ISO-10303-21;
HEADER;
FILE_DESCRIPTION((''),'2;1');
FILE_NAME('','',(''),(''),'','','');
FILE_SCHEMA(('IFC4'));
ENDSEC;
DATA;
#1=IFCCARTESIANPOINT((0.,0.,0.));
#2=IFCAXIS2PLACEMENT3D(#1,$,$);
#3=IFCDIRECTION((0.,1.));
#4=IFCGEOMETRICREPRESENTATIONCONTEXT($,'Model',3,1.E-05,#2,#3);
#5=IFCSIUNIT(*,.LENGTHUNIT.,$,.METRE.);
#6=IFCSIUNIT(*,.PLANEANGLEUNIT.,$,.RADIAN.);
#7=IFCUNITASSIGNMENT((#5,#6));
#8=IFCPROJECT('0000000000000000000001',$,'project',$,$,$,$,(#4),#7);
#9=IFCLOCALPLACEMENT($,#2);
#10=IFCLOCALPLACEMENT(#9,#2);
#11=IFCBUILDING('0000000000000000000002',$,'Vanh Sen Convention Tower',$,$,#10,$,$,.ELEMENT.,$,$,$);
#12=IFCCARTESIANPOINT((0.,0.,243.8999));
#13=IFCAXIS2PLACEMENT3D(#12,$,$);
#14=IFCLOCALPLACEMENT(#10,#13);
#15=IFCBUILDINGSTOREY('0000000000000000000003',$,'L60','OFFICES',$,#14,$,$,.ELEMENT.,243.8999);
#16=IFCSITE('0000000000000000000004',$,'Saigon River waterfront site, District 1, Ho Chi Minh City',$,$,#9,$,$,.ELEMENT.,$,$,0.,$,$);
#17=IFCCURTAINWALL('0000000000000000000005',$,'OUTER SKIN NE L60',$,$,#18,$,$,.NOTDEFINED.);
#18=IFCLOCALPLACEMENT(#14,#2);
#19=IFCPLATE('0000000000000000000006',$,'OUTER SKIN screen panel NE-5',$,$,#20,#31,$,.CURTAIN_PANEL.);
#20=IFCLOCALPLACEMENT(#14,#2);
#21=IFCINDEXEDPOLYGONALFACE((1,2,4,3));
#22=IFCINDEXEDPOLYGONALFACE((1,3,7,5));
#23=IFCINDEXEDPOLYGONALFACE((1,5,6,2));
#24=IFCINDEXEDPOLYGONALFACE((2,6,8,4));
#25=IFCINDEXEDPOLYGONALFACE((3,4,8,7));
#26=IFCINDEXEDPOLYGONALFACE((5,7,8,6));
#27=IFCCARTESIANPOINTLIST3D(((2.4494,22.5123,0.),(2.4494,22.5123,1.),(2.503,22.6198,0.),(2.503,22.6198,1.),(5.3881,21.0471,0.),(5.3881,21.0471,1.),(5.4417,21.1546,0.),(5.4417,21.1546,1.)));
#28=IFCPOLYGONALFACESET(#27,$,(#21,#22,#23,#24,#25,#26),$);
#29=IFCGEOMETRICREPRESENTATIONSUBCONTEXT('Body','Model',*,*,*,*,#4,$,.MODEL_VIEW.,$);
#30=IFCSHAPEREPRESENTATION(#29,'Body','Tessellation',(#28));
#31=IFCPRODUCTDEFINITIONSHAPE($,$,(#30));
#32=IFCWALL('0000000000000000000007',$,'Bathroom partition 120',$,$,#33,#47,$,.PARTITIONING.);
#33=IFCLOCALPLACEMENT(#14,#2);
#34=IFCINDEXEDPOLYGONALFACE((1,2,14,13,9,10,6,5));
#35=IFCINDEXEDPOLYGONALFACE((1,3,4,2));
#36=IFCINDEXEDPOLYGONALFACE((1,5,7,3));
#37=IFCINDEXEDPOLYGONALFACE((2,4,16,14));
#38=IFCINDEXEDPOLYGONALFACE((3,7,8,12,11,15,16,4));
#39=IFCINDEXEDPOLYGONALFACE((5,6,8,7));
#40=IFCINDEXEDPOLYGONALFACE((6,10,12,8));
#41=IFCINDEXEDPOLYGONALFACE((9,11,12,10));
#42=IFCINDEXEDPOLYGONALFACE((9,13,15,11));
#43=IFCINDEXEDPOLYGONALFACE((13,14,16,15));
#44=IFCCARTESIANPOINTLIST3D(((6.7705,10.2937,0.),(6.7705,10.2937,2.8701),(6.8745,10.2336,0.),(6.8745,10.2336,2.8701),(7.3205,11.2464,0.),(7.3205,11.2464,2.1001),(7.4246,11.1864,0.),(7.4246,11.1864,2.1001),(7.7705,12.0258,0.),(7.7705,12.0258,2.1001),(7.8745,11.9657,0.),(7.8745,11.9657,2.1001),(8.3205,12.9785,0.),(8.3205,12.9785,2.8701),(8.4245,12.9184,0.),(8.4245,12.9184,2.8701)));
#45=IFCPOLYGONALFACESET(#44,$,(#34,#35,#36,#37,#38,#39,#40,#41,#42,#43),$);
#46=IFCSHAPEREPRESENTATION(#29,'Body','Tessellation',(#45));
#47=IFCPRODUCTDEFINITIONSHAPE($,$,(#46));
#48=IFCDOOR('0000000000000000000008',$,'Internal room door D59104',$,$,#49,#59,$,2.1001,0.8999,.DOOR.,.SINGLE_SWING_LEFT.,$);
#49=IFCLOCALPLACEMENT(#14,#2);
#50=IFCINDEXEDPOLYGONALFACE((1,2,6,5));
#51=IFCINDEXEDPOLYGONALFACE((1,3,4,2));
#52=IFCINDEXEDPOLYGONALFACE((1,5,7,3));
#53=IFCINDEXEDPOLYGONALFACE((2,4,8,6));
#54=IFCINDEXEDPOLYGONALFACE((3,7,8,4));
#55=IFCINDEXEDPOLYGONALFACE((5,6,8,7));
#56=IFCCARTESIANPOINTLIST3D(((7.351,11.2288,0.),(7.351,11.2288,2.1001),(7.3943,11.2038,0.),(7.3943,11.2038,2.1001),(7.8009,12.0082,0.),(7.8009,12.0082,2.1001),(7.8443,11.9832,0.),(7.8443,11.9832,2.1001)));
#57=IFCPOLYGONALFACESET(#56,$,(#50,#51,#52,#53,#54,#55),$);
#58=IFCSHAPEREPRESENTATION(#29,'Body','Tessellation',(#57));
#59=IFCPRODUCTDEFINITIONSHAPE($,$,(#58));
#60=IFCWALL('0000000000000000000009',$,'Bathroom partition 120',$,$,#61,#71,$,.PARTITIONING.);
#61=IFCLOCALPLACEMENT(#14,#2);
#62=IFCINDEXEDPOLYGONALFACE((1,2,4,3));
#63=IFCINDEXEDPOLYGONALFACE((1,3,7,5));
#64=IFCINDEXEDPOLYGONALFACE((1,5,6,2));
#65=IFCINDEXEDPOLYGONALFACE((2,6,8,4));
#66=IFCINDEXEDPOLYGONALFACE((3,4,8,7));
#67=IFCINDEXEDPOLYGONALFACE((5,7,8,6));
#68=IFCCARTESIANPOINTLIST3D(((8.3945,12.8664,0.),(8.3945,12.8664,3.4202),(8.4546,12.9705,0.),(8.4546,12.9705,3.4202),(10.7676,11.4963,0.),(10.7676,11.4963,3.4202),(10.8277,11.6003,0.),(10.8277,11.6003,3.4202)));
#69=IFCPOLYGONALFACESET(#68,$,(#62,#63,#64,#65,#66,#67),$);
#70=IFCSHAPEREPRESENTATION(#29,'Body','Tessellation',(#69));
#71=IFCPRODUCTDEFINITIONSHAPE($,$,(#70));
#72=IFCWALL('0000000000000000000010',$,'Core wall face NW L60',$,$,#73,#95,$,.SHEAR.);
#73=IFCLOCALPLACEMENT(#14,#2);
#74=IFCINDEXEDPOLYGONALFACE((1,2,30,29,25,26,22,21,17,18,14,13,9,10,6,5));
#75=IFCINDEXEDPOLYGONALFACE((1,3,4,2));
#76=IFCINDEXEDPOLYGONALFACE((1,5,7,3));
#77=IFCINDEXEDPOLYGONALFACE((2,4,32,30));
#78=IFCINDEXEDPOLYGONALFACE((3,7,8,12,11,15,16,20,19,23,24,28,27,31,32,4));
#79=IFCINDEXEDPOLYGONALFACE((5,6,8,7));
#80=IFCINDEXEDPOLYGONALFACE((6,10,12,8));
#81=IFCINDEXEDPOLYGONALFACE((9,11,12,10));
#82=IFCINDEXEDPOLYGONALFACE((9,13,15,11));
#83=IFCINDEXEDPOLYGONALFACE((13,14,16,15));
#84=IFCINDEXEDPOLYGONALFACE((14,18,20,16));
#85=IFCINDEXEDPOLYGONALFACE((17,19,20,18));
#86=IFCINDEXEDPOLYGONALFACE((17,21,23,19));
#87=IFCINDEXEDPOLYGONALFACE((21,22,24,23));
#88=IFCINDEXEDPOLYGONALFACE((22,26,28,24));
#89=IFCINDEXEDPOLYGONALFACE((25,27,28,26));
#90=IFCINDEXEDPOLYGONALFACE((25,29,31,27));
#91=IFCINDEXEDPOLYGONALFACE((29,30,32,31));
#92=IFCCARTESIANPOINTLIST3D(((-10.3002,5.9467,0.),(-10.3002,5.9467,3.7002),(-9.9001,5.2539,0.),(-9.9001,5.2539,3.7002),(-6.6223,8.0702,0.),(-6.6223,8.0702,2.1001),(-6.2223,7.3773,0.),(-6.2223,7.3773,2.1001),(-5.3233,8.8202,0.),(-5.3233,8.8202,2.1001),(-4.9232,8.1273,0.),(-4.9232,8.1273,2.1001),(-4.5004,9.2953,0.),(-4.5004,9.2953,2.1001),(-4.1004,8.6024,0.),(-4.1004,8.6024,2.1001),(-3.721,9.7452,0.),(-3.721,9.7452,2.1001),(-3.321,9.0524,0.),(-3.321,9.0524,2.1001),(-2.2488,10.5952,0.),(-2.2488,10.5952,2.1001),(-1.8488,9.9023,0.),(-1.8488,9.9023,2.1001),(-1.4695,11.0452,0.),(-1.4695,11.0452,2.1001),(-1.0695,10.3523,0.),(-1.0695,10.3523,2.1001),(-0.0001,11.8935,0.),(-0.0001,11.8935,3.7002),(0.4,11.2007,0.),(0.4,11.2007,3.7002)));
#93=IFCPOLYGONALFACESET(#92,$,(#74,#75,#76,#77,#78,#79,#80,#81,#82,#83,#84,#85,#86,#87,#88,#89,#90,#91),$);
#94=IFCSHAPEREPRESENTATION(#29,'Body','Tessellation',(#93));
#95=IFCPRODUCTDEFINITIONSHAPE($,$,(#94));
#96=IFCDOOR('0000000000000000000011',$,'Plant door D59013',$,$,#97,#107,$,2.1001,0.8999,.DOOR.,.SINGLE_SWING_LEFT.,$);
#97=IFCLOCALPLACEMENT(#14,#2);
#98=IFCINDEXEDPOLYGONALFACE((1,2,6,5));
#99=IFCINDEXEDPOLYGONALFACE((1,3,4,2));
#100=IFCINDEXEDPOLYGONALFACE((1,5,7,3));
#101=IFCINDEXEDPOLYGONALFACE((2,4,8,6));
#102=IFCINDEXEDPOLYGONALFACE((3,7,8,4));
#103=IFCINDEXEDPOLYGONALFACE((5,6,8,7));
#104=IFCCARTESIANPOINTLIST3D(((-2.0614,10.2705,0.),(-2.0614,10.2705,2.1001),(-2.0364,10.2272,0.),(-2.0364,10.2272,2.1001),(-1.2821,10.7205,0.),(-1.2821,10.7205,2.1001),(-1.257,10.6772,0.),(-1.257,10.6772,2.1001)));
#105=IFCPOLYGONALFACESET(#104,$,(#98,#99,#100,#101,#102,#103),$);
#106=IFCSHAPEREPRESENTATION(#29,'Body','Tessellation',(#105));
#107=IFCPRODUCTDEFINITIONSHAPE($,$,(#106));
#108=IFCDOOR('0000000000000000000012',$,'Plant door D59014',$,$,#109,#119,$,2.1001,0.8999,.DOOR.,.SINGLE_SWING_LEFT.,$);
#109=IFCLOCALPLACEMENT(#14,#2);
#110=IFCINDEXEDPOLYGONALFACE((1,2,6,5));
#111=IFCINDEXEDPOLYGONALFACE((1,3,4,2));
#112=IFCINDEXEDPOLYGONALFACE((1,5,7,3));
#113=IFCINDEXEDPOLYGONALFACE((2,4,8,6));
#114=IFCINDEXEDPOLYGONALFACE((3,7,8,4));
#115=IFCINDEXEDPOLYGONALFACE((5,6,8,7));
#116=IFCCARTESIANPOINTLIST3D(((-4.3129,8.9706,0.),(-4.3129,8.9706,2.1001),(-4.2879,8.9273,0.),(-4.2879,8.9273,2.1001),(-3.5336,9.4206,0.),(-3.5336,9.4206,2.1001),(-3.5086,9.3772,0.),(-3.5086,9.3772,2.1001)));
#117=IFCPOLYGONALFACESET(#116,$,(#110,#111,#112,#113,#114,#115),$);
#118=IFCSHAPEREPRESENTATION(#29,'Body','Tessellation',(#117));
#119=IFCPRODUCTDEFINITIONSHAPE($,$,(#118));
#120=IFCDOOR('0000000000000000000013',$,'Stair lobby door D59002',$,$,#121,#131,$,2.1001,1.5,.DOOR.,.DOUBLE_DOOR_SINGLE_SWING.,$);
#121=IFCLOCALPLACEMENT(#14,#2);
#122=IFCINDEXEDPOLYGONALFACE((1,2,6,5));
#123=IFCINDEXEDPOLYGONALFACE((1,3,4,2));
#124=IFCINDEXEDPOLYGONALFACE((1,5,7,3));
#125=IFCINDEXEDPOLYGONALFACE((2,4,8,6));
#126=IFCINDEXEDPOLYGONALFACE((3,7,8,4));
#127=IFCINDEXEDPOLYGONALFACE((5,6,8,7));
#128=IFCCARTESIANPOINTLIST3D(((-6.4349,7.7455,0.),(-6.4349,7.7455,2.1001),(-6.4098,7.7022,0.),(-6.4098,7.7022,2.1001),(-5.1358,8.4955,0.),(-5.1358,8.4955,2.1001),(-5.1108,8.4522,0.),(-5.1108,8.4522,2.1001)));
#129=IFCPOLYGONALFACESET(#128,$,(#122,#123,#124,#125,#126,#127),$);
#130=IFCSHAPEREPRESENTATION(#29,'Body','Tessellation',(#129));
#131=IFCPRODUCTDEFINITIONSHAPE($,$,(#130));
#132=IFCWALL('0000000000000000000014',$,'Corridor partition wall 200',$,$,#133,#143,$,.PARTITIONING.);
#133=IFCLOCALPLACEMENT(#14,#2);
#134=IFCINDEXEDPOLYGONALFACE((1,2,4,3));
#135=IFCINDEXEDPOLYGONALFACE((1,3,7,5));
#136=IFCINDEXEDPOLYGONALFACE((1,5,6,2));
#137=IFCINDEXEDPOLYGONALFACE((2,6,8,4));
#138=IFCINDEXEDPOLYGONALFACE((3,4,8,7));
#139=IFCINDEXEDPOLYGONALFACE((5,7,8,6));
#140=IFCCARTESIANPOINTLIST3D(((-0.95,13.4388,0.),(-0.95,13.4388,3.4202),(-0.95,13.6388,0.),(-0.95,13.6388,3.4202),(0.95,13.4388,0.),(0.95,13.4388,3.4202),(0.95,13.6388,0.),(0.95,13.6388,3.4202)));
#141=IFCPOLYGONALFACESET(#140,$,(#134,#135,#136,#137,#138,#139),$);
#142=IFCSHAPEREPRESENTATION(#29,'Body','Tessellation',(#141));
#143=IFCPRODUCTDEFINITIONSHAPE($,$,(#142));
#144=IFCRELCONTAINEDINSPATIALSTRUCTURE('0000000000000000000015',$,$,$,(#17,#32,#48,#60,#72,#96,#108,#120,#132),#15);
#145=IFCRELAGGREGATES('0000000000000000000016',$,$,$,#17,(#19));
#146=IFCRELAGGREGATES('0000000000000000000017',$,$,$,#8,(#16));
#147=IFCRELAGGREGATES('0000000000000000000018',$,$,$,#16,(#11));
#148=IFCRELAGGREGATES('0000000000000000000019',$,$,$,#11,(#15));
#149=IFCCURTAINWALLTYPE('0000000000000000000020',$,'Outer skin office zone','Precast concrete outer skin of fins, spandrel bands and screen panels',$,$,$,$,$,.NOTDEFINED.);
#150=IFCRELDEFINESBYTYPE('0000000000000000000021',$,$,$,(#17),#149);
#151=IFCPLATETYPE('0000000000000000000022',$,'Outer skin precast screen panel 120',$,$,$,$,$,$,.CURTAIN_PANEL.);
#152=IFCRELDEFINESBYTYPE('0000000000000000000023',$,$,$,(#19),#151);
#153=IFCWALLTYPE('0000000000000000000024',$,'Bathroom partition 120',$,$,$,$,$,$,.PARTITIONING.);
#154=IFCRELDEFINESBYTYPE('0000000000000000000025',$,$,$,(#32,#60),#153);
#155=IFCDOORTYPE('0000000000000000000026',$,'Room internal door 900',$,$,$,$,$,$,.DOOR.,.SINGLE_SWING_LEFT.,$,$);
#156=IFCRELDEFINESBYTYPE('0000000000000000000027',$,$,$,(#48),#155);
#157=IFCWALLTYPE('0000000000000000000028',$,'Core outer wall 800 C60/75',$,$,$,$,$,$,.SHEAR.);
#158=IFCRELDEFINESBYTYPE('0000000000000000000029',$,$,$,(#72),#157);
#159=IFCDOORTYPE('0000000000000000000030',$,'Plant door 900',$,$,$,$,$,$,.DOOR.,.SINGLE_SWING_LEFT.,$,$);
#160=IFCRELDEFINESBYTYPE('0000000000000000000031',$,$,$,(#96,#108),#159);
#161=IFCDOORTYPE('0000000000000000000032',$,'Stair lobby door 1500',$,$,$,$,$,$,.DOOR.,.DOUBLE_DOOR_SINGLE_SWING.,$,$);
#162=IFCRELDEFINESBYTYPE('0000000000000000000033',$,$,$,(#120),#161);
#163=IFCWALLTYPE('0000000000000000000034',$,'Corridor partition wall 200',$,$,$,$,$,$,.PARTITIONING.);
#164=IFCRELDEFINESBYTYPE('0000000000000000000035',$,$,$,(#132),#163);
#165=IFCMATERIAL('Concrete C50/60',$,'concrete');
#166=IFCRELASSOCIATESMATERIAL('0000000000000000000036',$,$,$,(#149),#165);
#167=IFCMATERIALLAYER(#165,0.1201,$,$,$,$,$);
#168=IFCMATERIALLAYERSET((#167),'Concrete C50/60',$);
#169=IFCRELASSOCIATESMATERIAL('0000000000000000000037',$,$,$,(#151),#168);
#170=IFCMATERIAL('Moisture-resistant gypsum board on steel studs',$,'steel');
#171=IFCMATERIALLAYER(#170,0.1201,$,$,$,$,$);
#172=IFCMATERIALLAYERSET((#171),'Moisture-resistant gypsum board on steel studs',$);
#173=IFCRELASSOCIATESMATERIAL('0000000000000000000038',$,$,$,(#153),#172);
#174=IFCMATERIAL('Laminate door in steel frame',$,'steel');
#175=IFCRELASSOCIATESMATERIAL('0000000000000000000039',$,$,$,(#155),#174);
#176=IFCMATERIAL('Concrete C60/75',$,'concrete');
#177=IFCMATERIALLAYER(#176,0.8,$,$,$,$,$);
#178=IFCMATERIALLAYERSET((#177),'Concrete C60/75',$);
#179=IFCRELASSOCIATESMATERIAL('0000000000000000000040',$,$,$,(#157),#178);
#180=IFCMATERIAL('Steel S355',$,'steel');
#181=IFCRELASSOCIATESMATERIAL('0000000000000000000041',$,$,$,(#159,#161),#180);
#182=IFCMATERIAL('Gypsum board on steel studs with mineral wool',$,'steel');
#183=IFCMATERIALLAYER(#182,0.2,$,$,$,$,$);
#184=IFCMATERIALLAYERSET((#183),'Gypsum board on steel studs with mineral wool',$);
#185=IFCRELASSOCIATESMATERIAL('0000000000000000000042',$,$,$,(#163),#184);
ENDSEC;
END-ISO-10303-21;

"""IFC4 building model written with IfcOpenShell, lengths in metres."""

from ifc_helpers import new_model, si_unit, direction, frame, frame_2d, origin, origin_2d, place, context, subcontext, project, spatial, rectangle, extrude, material, layer, layer_set, type_object, element, fill, aggregate, save


model = new_model("IFC4")

# Units and contexts
model_context = context("Model", 3, precision=1e-05, world=origin(), true_north=direction((0.0, 1.0)))
body_context = subcontext(model_context, "Body", "Model", "MODEL_VIEW")
ifc_project = project(units=[si_unit("LENGTHUNIT", "METRE"), si_unit("PLANEANGLEUNIT", "RADIAN")], contexts=[model_context])

# Site, building, storey
site_placement = place(None, origin())
site = spatial("IfcSite", under=ifc_project, at=site_placement, Name="Saigon River waterfront site, District 1, Ho Chi Minh City", CompositionType="ELEMENT", RefElevation=0.0)
building_placement = place(site_placement, origin())
building = spatial("IfcBuilding", under=site, at=building_placement, Name="Vanh Sen Convention Tower", CompositionType="ELEMENT")
storey_placement = place(building_placement, frame((0.0, 0.0, 243.8999)))
storey = spatial("IfcBuildingStorey", under=building, at=storey_placement, Name="L60", Description="OFFICES", CompositionType="ELEMENT", Elevation=243.8999)

# Shared definitions
ifc_material_1 = material(Name="Concrete C60/75", Category="concrete")

# Curtain wall
ifc_material_2 = material(Name="Concrete C50/60", Category="concrete")
curtain_wall_type = type_object("IfcCurtainWallType", Name="Outer skin office zone", Description="Precast concrete outer skin of fins, spandrel bands and screen panels", PredefinedType="NOTDEFINED", material=ifc_material_2)
curtain_wall_1_placement = place(storey_placement, origin())
curtain_wall_1 = element("IfcCurtainWall", 1, at=curtain_wall_1_placement, inside=storey, type_object=curtain_wall_type, Name="OUTER SKIN NE L60", PredefinedType="NOTDEFINED")

# Plate
ifc_layer_1 = layer(ifc_material_2, 0.1201)
ifc_layer_set_1 = layer_set([ifc_layer_1], Name="Concrete C50/60")
plate_type = type_object("IfcPlateType", Name="Outer skin precast screen panel 120", PredefinedType="CURTAIN_PANEL", material=ifc_layer_set_1)
plate_1_placement = place(storey_placement, frame((3.9456, 21.8335, 0.0), z_axis=(0.0, 0.0, 1.0), x_axis=(-0.89493, 0.446206, 0.0)))
plate_1 = element("IfcPlate", 2, at=plate_1_placement, type_object=plate_type, Name="OUTER SKIN screen panel NE-5", PredefinedType="CURTAIN_PANEL", context=body_context, shape_type="SweptSolid", body=[
    extrude(rectangle(XDim=3.2837, YDim=0.1201, at=origin_2d()), origin(), (0.0, 0.0, 1.0), 1.0),
])
aggregate(curtain_wall_1, [plate_1])

# Wall, opening, door
ifc_material_3 = material(Name="Moisture-resistant gypsum board on steel studs", Category="steel")
ifc_layer_2 = layer(ifc_material_3, 0.1201)
ifc_layer_set_2 = layer_set([ifc_layer_2], Name="Moisture-resistant gypsum board on steel studs")
wall_type_1 = type_object("IfcWallType", Name="Bathroom partition 120", PredefinedType="PARTITIONING", material=ifc_layer_set_2)
wall_1_placement = place(storey_placement, frame((6.8225, 10.2637, 0.0), z_axis=(0.0, 0.0, 1.0), x_axis=(0.499993, 0.86603, 0.0)))
wall_1 = element("IfcWall", 3, at=wall_1_placement, inside=storey, type_object=wall_type_1, Name="Bathroom partition 120", PredefinedType="PARTITIONING", context=body_context, shape_type="SweptSolid", body=[
    extrude(rectangle(XDim=3.1001, YDim=0.1201, at=frame_2d((1.55, 0.0))), origin(), (0.0, 0.0, 1.0), 2.8701),
])
opening_1_placement = place(wall_1_placement, frame((1.1001, 0.0, 0.0)))
opening_1 = element("IfcOpeningElement", 4, at=opening_1_placement, cuts=wall_1, PredefinedType="OPENING", context=body_context, shape_type="SweptSolid", body=[
    extrude(rectangle(XDim=0.8999, YDim=2.1001, at=frame_2d((0.45, 1.05))), frame((0.0, 0.0701, 0.0), z_axis=(0.0, -1.0, 0.0), x_axis=(1.0, 0.0, 0.0)), (0.0, 0.0, 1.0), 0.1401),
])
ifc_material_4 = material(Name="Laminate door in steel frame", Category="steel")
door_type_1 = type_object("IfcDoorType", Name="Room internal door 900", OperationType="SINGLE_SWING_LEFT", PredefinedType="DOOR", material=ifc_material_4)
door_1_placement = place(opening_1_placement, origin())
door_1 = element("IfcDoor", 5, at=door_1_placement, inside=storey, type_object=door_type_1, Name="Internal room door D59104", OperationType="SINGLE_SWING_LEFT", OverallHeight=2.1001, OverallWidth=0.8999, PredefinedType="DOOR", context=body_context, shape_type="SweptSolid", body=[
    extrude(rectangle(XDim=0.8999, YDim=2.1001, at=frame_2d((0.45, 1.05))), frame((0.0, 0.0249, 0.0), z_axis=(0.0, -1.0, 0.0), x_axis=(1.0, 0.0, 0.0)), (0.0, 0.0, 1.0), 0.05),
])
fill(opening_1, door_1)

# Wall
wall_2_placement = place(storey_placement, frame((8.4246, 12.9185, 0.0), z_axis=(0.0, 0.0, 1.0), x_axis=(0.866019, -0.50001, 0.0)))
element("IfcWall", 6, at=wall_2_placement, inside=storey, type_object=wall_type_1, Name="Bathroom partition 120", PredefinedType="PARTITIONING", context=body_context, shape_type="SweptSolid", body=[
    extrude(rectangle(XDim=2.7402, YDim=0.1201, at=frame_2d((1.3701, 0.0))), origin(), (0.0, 0.0, 1.0), 3.4202),
])

# Wall, openings, doors
ifc_layer_3 = layer(ifc_material_1, 0.8)
ifc_layer_set_3 = layer_set([ifc_layer_3], Name="Concrete C60/75")
wall_type_2 = type_object("IfcWallType", Name="Core outer wall 800 C60/75", PredefinedType="SHEAR", material=ifc_layer_set_3)
wall_3_placement = place(storey_placement, frame((0.2, 11.5471, 0.0), z_axis=(0.0, 0.0, 1.0), x_axis=(-0.866024, -0.500003, 0.0)))
wall_3 = element("IfcWall", 7, at=wall_3_placement, inside=storey, type_object=wall_type_2, Name="Core wall face NW L60", PredefinedType="SHEAR", context=body_context, shape_type="SweptSolid", body=[
    extrude(rectangle(XDim=11.8936, YDim=0.8, at=frame_2d((5.9468, 0.0))), origin(), (0.0, 0.0, 1.0), 3.7002),
])
opening_2_placement = place(wall_3_placement, frame((6.1467, 0.0, 0.0)))
opening_2 = element("IfcOpeningElement", 8, at=opening_2_placement, cuts=wall_3, PredefinedType="OPENING", context=body_context, shape_type="SweptSolid", body=[
    extrude(rectangle(XDim=1.5, YDim=2.1001, at=frame_2d((0.75, 1.05))), frame((0.0, 0.4099, 0.0), z_axis=(0.0, -1.0, 0.0), x_axis=(1.0, 0.0, 0.0)), (0.0, 0.0, 1.0), 0.8201),
])
opening_3_placement = place(wall_3_placement, frame((1.6968, 0.0, 0.0)))
opening_3 = element("IfcOpeningElement", 9, at=opening_3_placement, cuts=wall_3, PredefinedType="OPENING", context=body_context, shape_type="SweptSolid", body=[
    extrude(rectangle(XDim=0.8999, YDim=2.1001, at=frame_2d((0.45, 1.05))), frame((0.0, 0.4099, 0.0), z_axis=(0.0, -1.0, 0.0), x_axis=(1.0, 0.0, 0.0)), (0.0, 0.0, 1.0), 0.8201),
])
opening_4_placement = place(wall_3_placement, frame((4.2966, 0.0, 0.0)))
opening_4 = element("IfcOpeningElement", 10, at=opening_4_placement, cuts=wall_3, PredefinedType="OPENING", context=body_context, shape_type="SweptSolid", body=[
    extrude(rectangle(XDim=0.8999, YDim=2.1001, at=frame_2d((0.45, 1.05))), frame((0.0, 0.4099, 0.0), z_axis=(0.0, -1.0, 0.0), x_axis=(1.0, 0.0, 0.0)), (0.0, 0.0, 1.0), 0.8201),
])
ifc_material_5 = material(Name="Steel S355", Category="steel")
door_type_2 = type_object("IfcDoorType", Name="Plant door 900", OperationType="SINGLE_SWING_LEFT", PredefinedType="DOOR", material=ifc_material_5)
door_2_placement = place(opening_3_placement, origin())
door_2 = element("IfcDoor", 11, at=door_2_placement, inside=storey, type_object=door_type_2, Name="Plant door D59013", OperationType="SINGLE_SWING_LEFT", OverallHeight=2.1001, OverallWidth=0.8999, PredefinedType="DOOR", context=body_context, shape_type="SweptSolid", body=[
    extrude(rectangle(XDim=0.8999, YDim=2.1001, at=frame_2d((0.45, 1.05))), frame((0.0, 0.0249, 0.0), z_axis=(0.0, -1.0, 0.0), x_axis=(1.0, 0.0, 0.0)), (0.0, 0.0, 1.0), 0.05),
])
fill(opening_3, door_2)
door_3_placement = place(opening_4_placement, origin())
door_3 = element("IfcDoor", 12, at=door_3_placement, inside=storey, type_object=door_type_2, Name="Plant door D59014", OperationType="SINGLE_SWING_LEFT", OverallHeight=2.1001, OverallWidth=0.8999, PredefinedType="DOOR", context=body_context, shape_type="SweptSolid", body=[
    extrude(rectangle(XDim=0.8999, YDim=2.1001, at=frame_2d((0.45, 1.05))), frame((0.0, 0.0249, 0.0), z_axis=(0.0, -1.0, 0.0), x_axis=(1.0, 0.0, 0.0)), (0.0, 0.0, 1.0), 0.05),
])
fill(opening_4, door_3)
door_type_3 = type_object("IfcDoorType", Name="Stair lobby door 1500", OperationType="DOUBLE_DOOR_SINGLE_SWING", PredefinedType="DOOR", material=ifc_material_5)
door_4_placement = place(opening_2_placement, origin())
door_4 = element("IfcDoor", 13, at=door_4_placement, inside=storey, type_object=door_type_3, Name="Stair lobby door D59002", OperationType="DOUBLE_DOOR_SINGLE_SWING", OverallHeight=2.1001, OverallWidth=1.5, PredefinedType="DOOR", context=body_context, shape_type="SweptSolid", body=[
    extrude(rectangle(XDim=1.5, YDim=2.1001, at=frame_2d((0.75, 1.05))), frame((0.0, 0.0249, 0.0), z_axis=(0.0, -1.0, 0.0), x_axis=(1.0, 0.0, 0.0)), (0.0, 0.0, 1.0), 0.05),
])
fill(opening_2, door_4)

# Wall
ifc_material_6 = material(Name="Gypsum board on steel studs with mineral wool", Category="steel")
ifc_layer_4 = layer(ifc_material_6, 0.2)
ifc_layer_set_4 = layer_set([ifc_layer_4], Name="Gypsum board on steel studs with mineral wool")
wall_type_3 = type_object("IfcWallType", Name="Corridor partition wall 200", PredefinedType="PARTITIONING", material=ifc_layer_set_4)
wall_4_placement = place(storey_placement, frame((0.95, 13.5388, 0.0), z_axis=(0.0, 0.0, 1.0), x_axis=(-1.0, 0.0, 0.0)))
element("IfcWall", 14, at=wall_4_placement, inside=storey, type_object=wall_type_3, Name="Corridor partition wall 200", PredefinedType="PARTITIONING", context=body_context, shape_type="SweptSolid", body=[
    extrude(rectangle(XDim=1.8999, YDim=0.2, at=frame_2d((0.95, 0.0))), origin(), (0.0, 0.0, 1.0), 3.4202),
])

save(model, "model.ifc")
